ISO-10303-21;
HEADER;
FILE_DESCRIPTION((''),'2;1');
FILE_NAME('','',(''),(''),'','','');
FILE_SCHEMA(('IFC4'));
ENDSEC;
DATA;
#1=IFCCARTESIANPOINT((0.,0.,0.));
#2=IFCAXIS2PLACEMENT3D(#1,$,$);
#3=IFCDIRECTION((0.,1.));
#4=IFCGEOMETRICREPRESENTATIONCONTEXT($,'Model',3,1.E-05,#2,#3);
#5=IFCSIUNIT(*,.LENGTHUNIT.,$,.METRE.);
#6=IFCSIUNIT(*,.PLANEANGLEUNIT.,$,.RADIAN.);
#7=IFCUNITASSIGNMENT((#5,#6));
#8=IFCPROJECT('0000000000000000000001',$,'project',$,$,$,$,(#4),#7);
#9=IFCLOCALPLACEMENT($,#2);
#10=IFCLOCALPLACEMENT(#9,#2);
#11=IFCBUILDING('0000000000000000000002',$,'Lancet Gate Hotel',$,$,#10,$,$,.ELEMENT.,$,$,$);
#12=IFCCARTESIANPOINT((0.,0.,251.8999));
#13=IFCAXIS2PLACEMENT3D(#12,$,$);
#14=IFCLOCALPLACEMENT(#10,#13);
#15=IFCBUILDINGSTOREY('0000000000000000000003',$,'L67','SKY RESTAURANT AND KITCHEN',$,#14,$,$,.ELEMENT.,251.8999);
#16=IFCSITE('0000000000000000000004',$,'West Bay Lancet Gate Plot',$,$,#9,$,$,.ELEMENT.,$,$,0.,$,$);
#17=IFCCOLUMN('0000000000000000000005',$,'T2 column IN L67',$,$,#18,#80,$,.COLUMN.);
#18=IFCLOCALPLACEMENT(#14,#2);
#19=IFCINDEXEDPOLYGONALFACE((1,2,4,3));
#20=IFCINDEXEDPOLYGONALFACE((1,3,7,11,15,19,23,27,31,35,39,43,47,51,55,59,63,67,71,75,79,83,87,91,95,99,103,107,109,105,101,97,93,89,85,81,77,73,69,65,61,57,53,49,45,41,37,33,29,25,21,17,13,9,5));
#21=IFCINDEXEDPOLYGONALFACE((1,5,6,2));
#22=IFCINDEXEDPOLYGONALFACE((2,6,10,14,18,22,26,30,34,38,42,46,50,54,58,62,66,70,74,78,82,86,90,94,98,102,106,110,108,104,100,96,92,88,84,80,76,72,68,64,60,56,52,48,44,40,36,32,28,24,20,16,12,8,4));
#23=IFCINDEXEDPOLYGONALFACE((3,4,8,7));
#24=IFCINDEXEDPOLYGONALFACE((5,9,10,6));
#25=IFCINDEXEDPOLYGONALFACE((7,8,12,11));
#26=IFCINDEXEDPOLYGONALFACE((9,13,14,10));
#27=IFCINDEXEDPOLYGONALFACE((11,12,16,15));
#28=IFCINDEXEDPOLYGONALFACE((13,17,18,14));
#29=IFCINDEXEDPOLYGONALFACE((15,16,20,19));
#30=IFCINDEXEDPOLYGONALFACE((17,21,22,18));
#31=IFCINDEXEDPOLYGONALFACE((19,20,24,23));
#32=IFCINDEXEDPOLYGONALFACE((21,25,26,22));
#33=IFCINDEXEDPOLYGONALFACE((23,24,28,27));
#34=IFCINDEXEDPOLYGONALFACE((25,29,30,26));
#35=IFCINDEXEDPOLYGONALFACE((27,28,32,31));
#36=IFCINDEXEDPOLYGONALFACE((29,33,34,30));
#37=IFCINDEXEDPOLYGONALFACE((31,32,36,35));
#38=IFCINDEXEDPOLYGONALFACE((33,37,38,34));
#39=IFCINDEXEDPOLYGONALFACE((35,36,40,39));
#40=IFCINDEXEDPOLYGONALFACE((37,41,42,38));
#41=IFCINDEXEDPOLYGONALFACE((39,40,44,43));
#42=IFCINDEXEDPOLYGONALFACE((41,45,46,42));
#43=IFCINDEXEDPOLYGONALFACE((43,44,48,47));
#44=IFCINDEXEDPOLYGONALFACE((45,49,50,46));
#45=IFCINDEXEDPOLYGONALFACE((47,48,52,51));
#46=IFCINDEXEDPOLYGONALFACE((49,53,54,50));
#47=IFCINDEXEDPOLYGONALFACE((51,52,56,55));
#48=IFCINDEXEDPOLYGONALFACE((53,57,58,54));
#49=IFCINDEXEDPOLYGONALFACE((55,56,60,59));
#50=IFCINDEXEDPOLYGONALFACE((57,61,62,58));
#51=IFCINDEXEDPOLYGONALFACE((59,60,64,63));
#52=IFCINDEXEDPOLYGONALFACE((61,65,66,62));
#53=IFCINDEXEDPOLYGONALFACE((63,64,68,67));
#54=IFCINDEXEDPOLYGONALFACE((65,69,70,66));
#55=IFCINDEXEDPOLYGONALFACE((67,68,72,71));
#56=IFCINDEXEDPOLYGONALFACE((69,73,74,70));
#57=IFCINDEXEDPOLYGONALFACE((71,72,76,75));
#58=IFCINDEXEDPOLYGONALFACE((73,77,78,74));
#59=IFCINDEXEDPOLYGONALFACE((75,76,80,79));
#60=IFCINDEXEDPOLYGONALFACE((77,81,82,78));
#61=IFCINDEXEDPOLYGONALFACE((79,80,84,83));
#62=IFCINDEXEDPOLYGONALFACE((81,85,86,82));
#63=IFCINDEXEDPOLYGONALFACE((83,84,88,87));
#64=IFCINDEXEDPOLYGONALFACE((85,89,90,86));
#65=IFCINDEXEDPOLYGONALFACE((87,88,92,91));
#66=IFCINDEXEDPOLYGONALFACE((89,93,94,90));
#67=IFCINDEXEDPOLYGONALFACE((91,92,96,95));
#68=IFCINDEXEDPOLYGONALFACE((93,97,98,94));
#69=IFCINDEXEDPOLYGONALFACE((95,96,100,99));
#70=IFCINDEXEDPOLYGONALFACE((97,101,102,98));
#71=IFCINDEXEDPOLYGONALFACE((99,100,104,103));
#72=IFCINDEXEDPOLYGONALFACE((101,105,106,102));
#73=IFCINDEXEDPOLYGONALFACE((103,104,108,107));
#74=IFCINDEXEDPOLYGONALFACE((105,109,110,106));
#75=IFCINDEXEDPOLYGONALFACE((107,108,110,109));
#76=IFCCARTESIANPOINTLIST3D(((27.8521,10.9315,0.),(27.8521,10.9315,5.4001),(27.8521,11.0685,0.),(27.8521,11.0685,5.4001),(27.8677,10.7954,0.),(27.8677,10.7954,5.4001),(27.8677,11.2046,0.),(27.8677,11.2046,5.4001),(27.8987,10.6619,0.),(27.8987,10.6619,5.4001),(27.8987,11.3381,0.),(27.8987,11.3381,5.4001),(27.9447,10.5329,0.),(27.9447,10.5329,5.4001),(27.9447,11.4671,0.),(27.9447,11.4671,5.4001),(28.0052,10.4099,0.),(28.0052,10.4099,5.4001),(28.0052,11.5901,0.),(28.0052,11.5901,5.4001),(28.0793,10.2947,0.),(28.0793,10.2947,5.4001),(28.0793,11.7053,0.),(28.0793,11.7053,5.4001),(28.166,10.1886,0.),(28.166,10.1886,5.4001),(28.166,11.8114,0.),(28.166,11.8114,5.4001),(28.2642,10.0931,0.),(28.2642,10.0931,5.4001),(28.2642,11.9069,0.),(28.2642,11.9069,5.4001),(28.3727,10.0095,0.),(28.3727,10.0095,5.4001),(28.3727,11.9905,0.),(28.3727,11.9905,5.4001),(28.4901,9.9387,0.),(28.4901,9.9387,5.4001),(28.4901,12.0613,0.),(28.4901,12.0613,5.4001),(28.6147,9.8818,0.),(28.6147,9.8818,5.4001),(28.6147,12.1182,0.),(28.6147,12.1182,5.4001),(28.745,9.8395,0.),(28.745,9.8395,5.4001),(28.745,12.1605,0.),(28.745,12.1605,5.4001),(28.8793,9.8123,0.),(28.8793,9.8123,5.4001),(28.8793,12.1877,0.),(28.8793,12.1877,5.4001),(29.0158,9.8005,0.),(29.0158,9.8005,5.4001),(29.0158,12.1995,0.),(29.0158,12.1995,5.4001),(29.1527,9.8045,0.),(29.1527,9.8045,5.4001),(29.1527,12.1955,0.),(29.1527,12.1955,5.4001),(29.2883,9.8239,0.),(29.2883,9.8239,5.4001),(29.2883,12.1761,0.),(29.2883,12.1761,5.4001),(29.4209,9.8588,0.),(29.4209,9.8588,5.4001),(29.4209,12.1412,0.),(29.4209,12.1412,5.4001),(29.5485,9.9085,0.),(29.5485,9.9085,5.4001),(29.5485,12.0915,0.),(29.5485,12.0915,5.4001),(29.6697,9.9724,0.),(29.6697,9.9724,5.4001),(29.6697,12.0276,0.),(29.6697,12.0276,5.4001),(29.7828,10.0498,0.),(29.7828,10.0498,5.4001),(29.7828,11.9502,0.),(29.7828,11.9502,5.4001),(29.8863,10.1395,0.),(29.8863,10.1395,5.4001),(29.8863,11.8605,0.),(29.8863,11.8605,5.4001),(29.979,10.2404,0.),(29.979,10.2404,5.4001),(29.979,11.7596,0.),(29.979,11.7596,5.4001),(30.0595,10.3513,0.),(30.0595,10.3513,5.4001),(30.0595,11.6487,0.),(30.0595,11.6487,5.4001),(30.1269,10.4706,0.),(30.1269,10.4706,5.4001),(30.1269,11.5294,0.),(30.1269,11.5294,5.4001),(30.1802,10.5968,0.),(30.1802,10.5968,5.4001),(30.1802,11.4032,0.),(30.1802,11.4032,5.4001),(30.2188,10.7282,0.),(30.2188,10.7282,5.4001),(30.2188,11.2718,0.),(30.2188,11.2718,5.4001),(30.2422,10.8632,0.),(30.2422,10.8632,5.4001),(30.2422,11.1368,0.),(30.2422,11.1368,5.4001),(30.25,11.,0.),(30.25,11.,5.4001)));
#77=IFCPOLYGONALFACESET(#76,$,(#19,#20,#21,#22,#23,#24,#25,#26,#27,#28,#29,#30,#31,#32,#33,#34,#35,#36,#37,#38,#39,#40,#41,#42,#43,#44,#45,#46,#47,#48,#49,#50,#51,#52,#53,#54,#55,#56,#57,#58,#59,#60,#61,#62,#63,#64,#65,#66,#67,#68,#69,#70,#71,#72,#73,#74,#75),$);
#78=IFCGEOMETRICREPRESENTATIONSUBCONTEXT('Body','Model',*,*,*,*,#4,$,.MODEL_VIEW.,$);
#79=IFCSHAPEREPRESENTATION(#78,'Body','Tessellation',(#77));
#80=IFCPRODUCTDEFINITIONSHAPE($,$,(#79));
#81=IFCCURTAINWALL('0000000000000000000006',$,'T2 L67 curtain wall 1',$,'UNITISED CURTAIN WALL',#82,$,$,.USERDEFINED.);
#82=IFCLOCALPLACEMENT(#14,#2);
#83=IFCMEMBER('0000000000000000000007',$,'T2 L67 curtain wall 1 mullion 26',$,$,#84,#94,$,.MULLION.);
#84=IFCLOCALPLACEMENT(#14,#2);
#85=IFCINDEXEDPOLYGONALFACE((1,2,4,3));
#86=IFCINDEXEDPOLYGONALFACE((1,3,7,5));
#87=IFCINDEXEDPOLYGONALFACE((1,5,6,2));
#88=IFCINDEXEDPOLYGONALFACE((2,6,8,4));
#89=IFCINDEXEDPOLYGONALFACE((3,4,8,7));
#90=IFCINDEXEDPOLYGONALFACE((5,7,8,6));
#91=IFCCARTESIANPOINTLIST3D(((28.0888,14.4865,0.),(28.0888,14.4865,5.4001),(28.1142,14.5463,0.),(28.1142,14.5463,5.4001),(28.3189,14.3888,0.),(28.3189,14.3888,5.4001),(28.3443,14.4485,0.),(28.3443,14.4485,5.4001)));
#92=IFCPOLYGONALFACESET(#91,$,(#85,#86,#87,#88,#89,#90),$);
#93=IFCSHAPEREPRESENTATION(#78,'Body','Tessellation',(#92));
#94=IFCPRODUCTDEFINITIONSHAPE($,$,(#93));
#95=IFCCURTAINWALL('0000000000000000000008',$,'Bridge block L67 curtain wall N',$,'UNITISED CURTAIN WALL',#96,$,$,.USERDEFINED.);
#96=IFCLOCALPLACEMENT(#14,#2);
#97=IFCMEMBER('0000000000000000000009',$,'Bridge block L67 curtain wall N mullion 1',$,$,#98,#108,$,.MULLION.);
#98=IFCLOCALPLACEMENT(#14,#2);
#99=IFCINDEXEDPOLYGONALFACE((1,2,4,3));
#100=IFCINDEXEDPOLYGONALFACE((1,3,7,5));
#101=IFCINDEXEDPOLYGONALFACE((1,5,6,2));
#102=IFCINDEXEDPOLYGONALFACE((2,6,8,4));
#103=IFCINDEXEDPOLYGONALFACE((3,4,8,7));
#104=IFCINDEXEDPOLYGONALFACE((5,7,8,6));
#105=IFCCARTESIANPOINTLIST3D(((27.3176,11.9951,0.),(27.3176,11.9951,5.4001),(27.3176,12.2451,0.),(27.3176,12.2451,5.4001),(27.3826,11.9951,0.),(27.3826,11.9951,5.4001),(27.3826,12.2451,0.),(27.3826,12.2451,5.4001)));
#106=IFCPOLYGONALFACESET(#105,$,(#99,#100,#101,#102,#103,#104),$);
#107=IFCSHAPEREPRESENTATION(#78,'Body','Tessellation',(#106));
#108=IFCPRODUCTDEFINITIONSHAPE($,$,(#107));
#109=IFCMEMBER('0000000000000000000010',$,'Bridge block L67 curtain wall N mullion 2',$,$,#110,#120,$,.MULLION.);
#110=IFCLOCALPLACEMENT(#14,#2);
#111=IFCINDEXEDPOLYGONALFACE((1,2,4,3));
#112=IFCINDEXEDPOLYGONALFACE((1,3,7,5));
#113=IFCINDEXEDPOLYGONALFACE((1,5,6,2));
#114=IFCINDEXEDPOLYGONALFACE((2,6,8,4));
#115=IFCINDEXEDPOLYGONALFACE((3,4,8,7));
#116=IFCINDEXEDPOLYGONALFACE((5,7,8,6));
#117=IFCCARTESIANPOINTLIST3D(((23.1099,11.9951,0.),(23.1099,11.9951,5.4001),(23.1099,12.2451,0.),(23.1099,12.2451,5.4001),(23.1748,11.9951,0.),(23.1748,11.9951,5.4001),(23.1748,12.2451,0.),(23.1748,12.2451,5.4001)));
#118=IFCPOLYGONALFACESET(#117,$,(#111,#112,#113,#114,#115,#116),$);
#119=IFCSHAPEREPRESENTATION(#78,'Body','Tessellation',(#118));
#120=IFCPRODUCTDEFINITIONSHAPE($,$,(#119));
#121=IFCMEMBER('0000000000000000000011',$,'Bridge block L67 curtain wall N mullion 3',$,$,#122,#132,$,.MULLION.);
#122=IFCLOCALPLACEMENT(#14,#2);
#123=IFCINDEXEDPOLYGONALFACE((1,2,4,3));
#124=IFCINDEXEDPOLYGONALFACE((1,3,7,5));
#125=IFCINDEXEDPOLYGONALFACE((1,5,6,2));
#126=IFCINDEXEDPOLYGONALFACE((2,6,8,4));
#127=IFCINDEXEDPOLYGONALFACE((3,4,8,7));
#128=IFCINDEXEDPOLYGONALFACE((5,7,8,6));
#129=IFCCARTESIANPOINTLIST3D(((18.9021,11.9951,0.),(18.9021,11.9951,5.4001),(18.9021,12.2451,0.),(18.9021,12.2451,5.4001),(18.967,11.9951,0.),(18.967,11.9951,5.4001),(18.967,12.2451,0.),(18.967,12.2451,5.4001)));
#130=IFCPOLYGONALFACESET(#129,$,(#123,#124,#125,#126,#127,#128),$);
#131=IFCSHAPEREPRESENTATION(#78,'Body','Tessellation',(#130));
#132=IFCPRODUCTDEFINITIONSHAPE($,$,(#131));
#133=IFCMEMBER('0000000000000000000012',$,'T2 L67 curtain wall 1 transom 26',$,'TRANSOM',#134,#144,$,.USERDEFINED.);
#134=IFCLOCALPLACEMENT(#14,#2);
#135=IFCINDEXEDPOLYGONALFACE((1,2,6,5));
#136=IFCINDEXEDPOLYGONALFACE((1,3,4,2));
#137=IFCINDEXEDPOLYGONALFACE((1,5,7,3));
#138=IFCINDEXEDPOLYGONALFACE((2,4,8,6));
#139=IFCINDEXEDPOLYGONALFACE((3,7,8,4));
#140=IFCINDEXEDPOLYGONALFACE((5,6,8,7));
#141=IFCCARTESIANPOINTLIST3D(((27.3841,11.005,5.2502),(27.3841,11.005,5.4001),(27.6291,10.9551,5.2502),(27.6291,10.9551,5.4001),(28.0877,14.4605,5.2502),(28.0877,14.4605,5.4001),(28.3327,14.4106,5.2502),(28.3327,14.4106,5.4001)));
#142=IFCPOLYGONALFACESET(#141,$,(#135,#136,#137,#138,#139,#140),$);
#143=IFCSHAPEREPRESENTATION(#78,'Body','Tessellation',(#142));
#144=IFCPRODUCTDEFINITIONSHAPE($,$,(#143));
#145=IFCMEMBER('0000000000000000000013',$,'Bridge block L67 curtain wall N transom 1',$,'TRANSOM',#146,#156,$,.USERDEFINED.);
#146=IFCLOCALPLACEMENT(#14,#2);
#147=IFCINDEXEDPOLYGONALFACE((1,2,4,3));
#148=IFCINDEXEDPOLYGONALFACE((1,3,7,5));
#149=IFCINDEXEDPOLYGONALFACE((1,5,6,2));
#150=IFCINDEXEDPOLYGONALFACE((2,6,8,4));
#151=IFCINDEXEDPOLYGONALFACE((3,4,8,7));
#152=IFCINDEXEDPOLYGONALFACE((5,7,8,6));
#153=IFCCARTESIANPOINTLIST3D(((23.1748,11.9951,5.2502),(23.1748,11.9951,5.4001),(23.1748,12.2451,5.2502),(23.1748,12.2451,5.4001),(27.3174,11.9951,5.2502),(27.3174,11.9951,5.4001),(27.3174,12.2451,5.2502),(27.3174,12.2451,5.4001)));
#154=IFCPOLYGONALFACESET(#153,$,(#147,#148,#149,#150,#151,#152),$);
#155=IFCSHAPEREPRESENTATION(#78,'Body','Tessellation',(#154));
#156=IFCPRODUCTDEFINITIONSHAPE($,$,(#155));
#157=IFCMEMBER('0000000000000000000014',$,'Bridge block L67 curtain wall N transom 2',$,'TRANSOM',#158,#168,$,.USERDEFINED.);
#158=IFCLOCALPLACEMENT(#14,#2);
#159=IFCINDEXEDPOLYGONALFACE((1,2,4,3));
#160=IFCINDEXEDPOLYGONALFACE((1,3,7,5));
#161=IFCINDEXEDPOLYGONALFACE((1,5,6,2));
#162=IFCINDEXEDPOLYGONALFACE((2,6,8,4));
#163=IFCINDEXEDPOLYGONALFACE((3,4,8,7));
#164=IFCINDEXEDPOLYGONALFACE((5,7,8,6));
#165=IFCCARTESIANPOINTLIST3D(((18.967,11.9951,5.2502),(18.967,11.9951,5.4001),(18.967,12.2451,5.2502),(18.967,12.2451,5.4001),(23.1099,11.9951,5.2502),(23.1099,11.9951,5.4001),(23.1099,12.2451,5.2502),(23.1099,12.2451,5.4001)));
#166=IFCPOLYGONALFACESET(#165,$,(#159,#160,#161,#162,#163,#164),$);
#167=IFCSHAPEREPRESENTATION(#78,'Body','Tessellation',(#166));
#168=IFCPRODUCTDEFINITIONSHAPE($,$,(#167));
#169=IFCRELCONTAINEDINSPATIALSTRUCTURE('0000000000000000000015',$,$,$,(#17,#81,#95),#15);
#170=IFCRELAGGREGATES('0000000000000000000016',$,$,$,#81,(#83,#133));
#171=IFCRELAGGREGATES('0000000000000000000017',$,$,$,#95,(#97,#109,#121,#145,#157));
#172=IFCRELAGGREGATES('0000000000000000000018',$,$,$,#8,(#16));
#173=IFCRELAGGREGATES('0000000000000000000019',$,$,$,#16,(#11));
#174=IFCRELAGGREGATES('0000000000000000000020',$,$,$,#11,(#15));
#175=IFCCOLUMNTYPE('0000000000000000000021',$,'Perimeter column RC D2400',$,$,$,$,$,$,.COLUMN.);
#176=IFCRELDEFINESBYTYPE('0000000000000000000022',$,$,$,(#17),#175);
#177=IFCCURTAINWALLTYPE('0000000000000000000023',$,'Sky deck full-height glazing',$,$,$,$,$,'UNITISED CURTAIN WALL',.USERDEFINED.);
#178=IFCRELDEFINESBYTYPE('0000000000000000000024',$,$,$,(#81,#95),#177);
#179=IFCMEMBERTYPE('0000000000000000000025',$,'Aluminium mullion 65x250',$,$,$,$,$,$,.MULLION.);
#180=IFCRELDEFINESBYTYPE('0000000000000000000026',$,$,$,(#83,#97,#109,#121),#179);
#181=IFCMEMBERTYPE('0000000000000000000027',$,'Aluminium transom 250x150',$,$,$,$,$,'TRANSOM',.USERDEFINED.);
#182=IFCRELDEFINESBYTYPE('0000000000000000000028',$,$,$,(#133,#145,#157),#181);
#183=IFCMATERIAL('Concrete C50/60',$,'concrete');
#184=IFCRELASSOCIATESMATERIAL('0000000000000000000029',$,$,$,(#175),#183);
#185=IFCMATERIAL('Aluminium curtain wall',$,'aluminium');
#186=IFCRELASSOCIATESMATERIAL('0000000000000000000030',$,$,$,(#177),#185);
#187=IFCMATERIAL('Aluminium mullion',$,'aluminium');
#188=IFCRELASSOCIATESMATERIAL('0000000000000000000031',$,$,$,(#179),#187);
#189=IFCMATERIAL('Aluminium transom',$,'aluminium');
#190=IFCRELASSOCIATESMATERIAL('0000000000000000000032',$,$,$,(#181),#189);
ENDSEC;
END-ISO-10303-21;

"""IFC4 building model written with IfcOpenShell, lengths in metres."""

from ifc_helpers import new_model, si_unit, direction, frame, origin, origin_2d, place, context, subcontext, project, spatial, rectangle, circle, extrude, material, material_profile, profile_set, type_object, element, aggregate, save


model = new_model("IFC4")

# Units and contexts
model_context = context("Model", 3, precision=1e-05, world=origin(), true_north=direction((0.0, 1.0)))
body_context = subcontext(model_context, "Body", "Model", "MODEL_VIEW")
ifc_project = project(units=[si_unit("LENGTHUNIT", "METRE"), si_unit("PLANEANGLEUNIT", "RADIAN")], contexts=[model_context])

# Site, building, storey
site_placement = place(None, origin())
site = spatial("IfcSite", under=ifc_project, at=site_placement, Name="West Bay Lancet Gate Plot", CompositionType="ELEMENT", RefElevation=0.0)
building_placement = place(site_placement, origin())
building = spatial("IfcBuilding", under=site, at=building_placement, Name="Lancet Gate Hotel", CompositionType="ELEMENT")
storey_placement = place(building_placement, frame((0.0, 0.0, 251.8999)))
storey = spatial("IfcBuildingStorey", under=building, at=storey_placement, Name="L67", Description="SKY RESTAURANT AND KITCHEN", CompositionType="ELEMENT", Elevation=251.8999)

# Column
ifc_material_1 = material(Name="Concrete C50/60", Category="concrete")
ifc_material_profile_1 = material_profile(ifc_material_1, circle(Radius=1.2, at=origin_2d()), Name="RC D2400")
ifc_profile_set_1 = profile_set([ifc_material_profile_1], Name="Concrete C50/60")
column_type = type_object("IfcColumnType", Name="Perimeter column RC D2400", PredefinedType="COLUMN", material=ifc_profile_set_1)
column_placement = place(storey_placement, frame((29.05, 11.0, 0.0), z_axis=(0.0, 0.0, 1.0), x_axis=(1.0, 0.0, 0.0)))
element("IfcColumn", 1, at=column_placement, inside=storey, type_object=column_type, Name="T2 column IN L67", PredefinedType="COLUMN", context=body_context, shape_type="SweptSolid", body=[
    extrude(circle(Radius=1.2, at=origin_2d()), origin(), (0.0, 0.0, 1.0), 5.4001),
])

# Curtain wall, member
ifc_material_2 = material(Name="Aluminium curtain wall", Category="aluminium")
curtain_wall_type = type_object("IfcCurtainWallType", Name="Sky deck full-height glazing", ElementType="UNITISED CURTAIN WALL", PredefinedType="USERDEFINED", material=ifc_material_2)
curtain_wall_1_placement = place(storey_placement, origin())
curtain_wall_1 = element("IfcCurtainWall", 2, at=curtain_wall_1_placement, inside=storey, type_object=curtain_wall_type, Name="T2 L67 curtain wall 1", ObjectType="UNITISED CURTAIN WALL", PredefinedType="USERDEFINED")
ifc_material_3 = material(Name="Aluminium mullion", Category="aluminium")
ifc_material_profile_2 = material_profile(ifc_material_3, rectangle(XDim=0.0649, YDim=0.25, at=origin_2d()), Name="MULLION 65x250")
ifc_profile_set_2 = profile_set([ifc_material_profile_2], Name="Aluminium mullion")
member_type_1 = type_object("IfcMemberType", Name="Aluminium mullion 65x250", PredefinedType="MULLION", material=ifc_profile_set_2)
member_1_placement = place(storey_placement, frame((28.2166, 14.4675, 0.0), z_axis=(0.0, 0.0, 1.0), x_axis=(-0.391042, -0.920373, 0.0)))
member_1 = element("IfcMember", 3, at=member_1_placement, type_object=member_type_1, Name="T2 L67 curtain wall 1 mullion 26", PredefinedType="MULLION", context=body_context, shape_type="SweptSolid", body=[
    extrude(rectangle(XDim=0.0649, YDim=0.25, at=origin_2d()), origin(), (0.0, 0.0, 1.0), 5.4001),
])

# Curtain wall, members
curtain_wall_2_placement = place(storey_placement, origin())
curtain_wall_2 = element("IfcCurtainWall", 4, at=curtain_wall_2_placement, inside=storey, type_object=curtain_wall_type, Name="Bridge block L67 curtain wall N", ObjectType="UNITISED CURTAIN WALL", PredefinedType="USERDEFINED")
member_2_placement = place(storey_placement, frame((27.3501, 12.1201, 0.0), z_axis=(0.0, 0.0, 1.0), x_axis=(-1.0, 0.0, 0.0)))
member_2 = element("IfcMember", 5, at=member_2_placement, type_object=member_type_1, Name="Bridge block L67 curtain wall N mullion 1", PredefinedType="MULLION", context=body_context, shape_type="SweptSolid", body=[
    extrude(rectangle(XDim=0.0649, YDim=0.25, at=origin_2d()), origin(), (0.0, 0.0, 1.0), 5.4001),
])
member_3_placement = place(storey_placement, frame((23.1423, 12.1201, 0.0), z_axis=(0.0, 0.0, 1.0), x_axis=(-1.0, 0.0, 0.0)))
member_3 = element("IfcMember", 6, at=member_3_placement, type_object=member_type_1, Name="Bridge block L67 curtain wall N mullion 2", PredefinedType="MULLION", context=body_context, shape_type="SweptSolid", body=[
    extrude(rectangle(XDim=0.0649, YDim=0.25, at=origin_2d()), origin(), (0.0, 0.0, 1.0), 5.4001),
])
member_4_placement = place(storey_placement, frame((18.9346, 12.1201, 0.0), z_axis=(0.0, 0.0, 1.0), x_axis=(-1.0, 0.0, 0.0)))
member_4 = element("IfcMember", 7, at=member_4_placement, type_object=member_type_1, Name="Bridge block L67 curtain wall N mullion 3", PredefinedType="MULLION", context=body_context, shape_type="SweptSolid", body=[
    extrude(rectangle(XDim=0.0649, YDim=0.25, at=origin_2d()), origin(), (0.0, 0.0, 1.0), 5.4001),
])

# Members
ifc_material_4 = material(Name="Aluminium transom", Category="aluminium")
ifc_material_profile_3 = material_profile(ifc_material_4, rectangle(XDim=0.25, YDim=0.1499, at=origin_2d()), Name="TRANSOM 250x150")
ifc_profile_set_3 = profile_set([ifc_material_profile_3], Name="Aluminium transom")
member_type_2 = type_object("IfcMemberType", Name="Aluminium transom 250x150", ElementType="TRANSOM", PredefinedType="USERDEFINED", material=ifc_profile_set_3)
member_5_placement = place(storey_placement, frame((28.2102, 14.4355, 5.3252), z_axis=(-0.199523, -0.979893, 0.0), x_axis=(0.979893, -0.199523, 0.0)))
member_5 = element("IfcMember", 8, at=member_5_placement, type_object=member_type_2, Name="T2 L67 curtain wall 1 transom 26", ObjectType="TRANSOM", PredefinedType="USERDEFINED", context=body_context, shape_type="SweptSolid", body=[
    extrude(rectangle(XDim=0.25, YDim=0.1499, at=origin_2d()), origin(), (0.0, 0.0, 1.0), 3.5264),
])
member_6_placement = place(storey_placement, frame((27.3174, 12.1201, 5.3252), z_axis=(-1.0, 0.0, 0.0), x_axis=(0.0, -1.0, 0.0)))
member_6 = element("IfcMember", 9, at=member_6_placement, type_object=member_type_2, Name="Bridge block L67 curtain wall N transom 1", ObjectType="TRANSOM", PredefinedType="USERDEFINED", context=body_context, shape_type="SweptSolid", body=[
    extrude(rectangle(XDim=0.25, YDim=0.1499, at=origin_2d()), origin(), (0.0, 0.0, 1.0), 4.1426),
])
member_7_placement = place(storey_placement, frame((23.1099, 12.1201, 5.3252), z_axis=(-1.0, 0.0, 0.0), x_axis=(0.0, -1.0, 0.0)))
member_7 = element("IfcMember", 10, at=member_7_placement, type_object=member_type_2, Name="Bridge block L67 curtain wall N transom 2", ObjectType="TRANSOM", PredefinedType="USERDEFINED", context=body_context, shape_type="SweptSolid", body=[
    extrude(rectangle(XDim=0.25, YDim=0.1499, at=origin_2d()), origin(), (0.0, 0.0, 1.0), 4.1428),
])

aggregate(curtain_wall_1, [member_1, member_5])
aggregate(curtain_wall_2, [member_2, member_3, member_4, member_6, member_7])

save(model, "model.ifc")
